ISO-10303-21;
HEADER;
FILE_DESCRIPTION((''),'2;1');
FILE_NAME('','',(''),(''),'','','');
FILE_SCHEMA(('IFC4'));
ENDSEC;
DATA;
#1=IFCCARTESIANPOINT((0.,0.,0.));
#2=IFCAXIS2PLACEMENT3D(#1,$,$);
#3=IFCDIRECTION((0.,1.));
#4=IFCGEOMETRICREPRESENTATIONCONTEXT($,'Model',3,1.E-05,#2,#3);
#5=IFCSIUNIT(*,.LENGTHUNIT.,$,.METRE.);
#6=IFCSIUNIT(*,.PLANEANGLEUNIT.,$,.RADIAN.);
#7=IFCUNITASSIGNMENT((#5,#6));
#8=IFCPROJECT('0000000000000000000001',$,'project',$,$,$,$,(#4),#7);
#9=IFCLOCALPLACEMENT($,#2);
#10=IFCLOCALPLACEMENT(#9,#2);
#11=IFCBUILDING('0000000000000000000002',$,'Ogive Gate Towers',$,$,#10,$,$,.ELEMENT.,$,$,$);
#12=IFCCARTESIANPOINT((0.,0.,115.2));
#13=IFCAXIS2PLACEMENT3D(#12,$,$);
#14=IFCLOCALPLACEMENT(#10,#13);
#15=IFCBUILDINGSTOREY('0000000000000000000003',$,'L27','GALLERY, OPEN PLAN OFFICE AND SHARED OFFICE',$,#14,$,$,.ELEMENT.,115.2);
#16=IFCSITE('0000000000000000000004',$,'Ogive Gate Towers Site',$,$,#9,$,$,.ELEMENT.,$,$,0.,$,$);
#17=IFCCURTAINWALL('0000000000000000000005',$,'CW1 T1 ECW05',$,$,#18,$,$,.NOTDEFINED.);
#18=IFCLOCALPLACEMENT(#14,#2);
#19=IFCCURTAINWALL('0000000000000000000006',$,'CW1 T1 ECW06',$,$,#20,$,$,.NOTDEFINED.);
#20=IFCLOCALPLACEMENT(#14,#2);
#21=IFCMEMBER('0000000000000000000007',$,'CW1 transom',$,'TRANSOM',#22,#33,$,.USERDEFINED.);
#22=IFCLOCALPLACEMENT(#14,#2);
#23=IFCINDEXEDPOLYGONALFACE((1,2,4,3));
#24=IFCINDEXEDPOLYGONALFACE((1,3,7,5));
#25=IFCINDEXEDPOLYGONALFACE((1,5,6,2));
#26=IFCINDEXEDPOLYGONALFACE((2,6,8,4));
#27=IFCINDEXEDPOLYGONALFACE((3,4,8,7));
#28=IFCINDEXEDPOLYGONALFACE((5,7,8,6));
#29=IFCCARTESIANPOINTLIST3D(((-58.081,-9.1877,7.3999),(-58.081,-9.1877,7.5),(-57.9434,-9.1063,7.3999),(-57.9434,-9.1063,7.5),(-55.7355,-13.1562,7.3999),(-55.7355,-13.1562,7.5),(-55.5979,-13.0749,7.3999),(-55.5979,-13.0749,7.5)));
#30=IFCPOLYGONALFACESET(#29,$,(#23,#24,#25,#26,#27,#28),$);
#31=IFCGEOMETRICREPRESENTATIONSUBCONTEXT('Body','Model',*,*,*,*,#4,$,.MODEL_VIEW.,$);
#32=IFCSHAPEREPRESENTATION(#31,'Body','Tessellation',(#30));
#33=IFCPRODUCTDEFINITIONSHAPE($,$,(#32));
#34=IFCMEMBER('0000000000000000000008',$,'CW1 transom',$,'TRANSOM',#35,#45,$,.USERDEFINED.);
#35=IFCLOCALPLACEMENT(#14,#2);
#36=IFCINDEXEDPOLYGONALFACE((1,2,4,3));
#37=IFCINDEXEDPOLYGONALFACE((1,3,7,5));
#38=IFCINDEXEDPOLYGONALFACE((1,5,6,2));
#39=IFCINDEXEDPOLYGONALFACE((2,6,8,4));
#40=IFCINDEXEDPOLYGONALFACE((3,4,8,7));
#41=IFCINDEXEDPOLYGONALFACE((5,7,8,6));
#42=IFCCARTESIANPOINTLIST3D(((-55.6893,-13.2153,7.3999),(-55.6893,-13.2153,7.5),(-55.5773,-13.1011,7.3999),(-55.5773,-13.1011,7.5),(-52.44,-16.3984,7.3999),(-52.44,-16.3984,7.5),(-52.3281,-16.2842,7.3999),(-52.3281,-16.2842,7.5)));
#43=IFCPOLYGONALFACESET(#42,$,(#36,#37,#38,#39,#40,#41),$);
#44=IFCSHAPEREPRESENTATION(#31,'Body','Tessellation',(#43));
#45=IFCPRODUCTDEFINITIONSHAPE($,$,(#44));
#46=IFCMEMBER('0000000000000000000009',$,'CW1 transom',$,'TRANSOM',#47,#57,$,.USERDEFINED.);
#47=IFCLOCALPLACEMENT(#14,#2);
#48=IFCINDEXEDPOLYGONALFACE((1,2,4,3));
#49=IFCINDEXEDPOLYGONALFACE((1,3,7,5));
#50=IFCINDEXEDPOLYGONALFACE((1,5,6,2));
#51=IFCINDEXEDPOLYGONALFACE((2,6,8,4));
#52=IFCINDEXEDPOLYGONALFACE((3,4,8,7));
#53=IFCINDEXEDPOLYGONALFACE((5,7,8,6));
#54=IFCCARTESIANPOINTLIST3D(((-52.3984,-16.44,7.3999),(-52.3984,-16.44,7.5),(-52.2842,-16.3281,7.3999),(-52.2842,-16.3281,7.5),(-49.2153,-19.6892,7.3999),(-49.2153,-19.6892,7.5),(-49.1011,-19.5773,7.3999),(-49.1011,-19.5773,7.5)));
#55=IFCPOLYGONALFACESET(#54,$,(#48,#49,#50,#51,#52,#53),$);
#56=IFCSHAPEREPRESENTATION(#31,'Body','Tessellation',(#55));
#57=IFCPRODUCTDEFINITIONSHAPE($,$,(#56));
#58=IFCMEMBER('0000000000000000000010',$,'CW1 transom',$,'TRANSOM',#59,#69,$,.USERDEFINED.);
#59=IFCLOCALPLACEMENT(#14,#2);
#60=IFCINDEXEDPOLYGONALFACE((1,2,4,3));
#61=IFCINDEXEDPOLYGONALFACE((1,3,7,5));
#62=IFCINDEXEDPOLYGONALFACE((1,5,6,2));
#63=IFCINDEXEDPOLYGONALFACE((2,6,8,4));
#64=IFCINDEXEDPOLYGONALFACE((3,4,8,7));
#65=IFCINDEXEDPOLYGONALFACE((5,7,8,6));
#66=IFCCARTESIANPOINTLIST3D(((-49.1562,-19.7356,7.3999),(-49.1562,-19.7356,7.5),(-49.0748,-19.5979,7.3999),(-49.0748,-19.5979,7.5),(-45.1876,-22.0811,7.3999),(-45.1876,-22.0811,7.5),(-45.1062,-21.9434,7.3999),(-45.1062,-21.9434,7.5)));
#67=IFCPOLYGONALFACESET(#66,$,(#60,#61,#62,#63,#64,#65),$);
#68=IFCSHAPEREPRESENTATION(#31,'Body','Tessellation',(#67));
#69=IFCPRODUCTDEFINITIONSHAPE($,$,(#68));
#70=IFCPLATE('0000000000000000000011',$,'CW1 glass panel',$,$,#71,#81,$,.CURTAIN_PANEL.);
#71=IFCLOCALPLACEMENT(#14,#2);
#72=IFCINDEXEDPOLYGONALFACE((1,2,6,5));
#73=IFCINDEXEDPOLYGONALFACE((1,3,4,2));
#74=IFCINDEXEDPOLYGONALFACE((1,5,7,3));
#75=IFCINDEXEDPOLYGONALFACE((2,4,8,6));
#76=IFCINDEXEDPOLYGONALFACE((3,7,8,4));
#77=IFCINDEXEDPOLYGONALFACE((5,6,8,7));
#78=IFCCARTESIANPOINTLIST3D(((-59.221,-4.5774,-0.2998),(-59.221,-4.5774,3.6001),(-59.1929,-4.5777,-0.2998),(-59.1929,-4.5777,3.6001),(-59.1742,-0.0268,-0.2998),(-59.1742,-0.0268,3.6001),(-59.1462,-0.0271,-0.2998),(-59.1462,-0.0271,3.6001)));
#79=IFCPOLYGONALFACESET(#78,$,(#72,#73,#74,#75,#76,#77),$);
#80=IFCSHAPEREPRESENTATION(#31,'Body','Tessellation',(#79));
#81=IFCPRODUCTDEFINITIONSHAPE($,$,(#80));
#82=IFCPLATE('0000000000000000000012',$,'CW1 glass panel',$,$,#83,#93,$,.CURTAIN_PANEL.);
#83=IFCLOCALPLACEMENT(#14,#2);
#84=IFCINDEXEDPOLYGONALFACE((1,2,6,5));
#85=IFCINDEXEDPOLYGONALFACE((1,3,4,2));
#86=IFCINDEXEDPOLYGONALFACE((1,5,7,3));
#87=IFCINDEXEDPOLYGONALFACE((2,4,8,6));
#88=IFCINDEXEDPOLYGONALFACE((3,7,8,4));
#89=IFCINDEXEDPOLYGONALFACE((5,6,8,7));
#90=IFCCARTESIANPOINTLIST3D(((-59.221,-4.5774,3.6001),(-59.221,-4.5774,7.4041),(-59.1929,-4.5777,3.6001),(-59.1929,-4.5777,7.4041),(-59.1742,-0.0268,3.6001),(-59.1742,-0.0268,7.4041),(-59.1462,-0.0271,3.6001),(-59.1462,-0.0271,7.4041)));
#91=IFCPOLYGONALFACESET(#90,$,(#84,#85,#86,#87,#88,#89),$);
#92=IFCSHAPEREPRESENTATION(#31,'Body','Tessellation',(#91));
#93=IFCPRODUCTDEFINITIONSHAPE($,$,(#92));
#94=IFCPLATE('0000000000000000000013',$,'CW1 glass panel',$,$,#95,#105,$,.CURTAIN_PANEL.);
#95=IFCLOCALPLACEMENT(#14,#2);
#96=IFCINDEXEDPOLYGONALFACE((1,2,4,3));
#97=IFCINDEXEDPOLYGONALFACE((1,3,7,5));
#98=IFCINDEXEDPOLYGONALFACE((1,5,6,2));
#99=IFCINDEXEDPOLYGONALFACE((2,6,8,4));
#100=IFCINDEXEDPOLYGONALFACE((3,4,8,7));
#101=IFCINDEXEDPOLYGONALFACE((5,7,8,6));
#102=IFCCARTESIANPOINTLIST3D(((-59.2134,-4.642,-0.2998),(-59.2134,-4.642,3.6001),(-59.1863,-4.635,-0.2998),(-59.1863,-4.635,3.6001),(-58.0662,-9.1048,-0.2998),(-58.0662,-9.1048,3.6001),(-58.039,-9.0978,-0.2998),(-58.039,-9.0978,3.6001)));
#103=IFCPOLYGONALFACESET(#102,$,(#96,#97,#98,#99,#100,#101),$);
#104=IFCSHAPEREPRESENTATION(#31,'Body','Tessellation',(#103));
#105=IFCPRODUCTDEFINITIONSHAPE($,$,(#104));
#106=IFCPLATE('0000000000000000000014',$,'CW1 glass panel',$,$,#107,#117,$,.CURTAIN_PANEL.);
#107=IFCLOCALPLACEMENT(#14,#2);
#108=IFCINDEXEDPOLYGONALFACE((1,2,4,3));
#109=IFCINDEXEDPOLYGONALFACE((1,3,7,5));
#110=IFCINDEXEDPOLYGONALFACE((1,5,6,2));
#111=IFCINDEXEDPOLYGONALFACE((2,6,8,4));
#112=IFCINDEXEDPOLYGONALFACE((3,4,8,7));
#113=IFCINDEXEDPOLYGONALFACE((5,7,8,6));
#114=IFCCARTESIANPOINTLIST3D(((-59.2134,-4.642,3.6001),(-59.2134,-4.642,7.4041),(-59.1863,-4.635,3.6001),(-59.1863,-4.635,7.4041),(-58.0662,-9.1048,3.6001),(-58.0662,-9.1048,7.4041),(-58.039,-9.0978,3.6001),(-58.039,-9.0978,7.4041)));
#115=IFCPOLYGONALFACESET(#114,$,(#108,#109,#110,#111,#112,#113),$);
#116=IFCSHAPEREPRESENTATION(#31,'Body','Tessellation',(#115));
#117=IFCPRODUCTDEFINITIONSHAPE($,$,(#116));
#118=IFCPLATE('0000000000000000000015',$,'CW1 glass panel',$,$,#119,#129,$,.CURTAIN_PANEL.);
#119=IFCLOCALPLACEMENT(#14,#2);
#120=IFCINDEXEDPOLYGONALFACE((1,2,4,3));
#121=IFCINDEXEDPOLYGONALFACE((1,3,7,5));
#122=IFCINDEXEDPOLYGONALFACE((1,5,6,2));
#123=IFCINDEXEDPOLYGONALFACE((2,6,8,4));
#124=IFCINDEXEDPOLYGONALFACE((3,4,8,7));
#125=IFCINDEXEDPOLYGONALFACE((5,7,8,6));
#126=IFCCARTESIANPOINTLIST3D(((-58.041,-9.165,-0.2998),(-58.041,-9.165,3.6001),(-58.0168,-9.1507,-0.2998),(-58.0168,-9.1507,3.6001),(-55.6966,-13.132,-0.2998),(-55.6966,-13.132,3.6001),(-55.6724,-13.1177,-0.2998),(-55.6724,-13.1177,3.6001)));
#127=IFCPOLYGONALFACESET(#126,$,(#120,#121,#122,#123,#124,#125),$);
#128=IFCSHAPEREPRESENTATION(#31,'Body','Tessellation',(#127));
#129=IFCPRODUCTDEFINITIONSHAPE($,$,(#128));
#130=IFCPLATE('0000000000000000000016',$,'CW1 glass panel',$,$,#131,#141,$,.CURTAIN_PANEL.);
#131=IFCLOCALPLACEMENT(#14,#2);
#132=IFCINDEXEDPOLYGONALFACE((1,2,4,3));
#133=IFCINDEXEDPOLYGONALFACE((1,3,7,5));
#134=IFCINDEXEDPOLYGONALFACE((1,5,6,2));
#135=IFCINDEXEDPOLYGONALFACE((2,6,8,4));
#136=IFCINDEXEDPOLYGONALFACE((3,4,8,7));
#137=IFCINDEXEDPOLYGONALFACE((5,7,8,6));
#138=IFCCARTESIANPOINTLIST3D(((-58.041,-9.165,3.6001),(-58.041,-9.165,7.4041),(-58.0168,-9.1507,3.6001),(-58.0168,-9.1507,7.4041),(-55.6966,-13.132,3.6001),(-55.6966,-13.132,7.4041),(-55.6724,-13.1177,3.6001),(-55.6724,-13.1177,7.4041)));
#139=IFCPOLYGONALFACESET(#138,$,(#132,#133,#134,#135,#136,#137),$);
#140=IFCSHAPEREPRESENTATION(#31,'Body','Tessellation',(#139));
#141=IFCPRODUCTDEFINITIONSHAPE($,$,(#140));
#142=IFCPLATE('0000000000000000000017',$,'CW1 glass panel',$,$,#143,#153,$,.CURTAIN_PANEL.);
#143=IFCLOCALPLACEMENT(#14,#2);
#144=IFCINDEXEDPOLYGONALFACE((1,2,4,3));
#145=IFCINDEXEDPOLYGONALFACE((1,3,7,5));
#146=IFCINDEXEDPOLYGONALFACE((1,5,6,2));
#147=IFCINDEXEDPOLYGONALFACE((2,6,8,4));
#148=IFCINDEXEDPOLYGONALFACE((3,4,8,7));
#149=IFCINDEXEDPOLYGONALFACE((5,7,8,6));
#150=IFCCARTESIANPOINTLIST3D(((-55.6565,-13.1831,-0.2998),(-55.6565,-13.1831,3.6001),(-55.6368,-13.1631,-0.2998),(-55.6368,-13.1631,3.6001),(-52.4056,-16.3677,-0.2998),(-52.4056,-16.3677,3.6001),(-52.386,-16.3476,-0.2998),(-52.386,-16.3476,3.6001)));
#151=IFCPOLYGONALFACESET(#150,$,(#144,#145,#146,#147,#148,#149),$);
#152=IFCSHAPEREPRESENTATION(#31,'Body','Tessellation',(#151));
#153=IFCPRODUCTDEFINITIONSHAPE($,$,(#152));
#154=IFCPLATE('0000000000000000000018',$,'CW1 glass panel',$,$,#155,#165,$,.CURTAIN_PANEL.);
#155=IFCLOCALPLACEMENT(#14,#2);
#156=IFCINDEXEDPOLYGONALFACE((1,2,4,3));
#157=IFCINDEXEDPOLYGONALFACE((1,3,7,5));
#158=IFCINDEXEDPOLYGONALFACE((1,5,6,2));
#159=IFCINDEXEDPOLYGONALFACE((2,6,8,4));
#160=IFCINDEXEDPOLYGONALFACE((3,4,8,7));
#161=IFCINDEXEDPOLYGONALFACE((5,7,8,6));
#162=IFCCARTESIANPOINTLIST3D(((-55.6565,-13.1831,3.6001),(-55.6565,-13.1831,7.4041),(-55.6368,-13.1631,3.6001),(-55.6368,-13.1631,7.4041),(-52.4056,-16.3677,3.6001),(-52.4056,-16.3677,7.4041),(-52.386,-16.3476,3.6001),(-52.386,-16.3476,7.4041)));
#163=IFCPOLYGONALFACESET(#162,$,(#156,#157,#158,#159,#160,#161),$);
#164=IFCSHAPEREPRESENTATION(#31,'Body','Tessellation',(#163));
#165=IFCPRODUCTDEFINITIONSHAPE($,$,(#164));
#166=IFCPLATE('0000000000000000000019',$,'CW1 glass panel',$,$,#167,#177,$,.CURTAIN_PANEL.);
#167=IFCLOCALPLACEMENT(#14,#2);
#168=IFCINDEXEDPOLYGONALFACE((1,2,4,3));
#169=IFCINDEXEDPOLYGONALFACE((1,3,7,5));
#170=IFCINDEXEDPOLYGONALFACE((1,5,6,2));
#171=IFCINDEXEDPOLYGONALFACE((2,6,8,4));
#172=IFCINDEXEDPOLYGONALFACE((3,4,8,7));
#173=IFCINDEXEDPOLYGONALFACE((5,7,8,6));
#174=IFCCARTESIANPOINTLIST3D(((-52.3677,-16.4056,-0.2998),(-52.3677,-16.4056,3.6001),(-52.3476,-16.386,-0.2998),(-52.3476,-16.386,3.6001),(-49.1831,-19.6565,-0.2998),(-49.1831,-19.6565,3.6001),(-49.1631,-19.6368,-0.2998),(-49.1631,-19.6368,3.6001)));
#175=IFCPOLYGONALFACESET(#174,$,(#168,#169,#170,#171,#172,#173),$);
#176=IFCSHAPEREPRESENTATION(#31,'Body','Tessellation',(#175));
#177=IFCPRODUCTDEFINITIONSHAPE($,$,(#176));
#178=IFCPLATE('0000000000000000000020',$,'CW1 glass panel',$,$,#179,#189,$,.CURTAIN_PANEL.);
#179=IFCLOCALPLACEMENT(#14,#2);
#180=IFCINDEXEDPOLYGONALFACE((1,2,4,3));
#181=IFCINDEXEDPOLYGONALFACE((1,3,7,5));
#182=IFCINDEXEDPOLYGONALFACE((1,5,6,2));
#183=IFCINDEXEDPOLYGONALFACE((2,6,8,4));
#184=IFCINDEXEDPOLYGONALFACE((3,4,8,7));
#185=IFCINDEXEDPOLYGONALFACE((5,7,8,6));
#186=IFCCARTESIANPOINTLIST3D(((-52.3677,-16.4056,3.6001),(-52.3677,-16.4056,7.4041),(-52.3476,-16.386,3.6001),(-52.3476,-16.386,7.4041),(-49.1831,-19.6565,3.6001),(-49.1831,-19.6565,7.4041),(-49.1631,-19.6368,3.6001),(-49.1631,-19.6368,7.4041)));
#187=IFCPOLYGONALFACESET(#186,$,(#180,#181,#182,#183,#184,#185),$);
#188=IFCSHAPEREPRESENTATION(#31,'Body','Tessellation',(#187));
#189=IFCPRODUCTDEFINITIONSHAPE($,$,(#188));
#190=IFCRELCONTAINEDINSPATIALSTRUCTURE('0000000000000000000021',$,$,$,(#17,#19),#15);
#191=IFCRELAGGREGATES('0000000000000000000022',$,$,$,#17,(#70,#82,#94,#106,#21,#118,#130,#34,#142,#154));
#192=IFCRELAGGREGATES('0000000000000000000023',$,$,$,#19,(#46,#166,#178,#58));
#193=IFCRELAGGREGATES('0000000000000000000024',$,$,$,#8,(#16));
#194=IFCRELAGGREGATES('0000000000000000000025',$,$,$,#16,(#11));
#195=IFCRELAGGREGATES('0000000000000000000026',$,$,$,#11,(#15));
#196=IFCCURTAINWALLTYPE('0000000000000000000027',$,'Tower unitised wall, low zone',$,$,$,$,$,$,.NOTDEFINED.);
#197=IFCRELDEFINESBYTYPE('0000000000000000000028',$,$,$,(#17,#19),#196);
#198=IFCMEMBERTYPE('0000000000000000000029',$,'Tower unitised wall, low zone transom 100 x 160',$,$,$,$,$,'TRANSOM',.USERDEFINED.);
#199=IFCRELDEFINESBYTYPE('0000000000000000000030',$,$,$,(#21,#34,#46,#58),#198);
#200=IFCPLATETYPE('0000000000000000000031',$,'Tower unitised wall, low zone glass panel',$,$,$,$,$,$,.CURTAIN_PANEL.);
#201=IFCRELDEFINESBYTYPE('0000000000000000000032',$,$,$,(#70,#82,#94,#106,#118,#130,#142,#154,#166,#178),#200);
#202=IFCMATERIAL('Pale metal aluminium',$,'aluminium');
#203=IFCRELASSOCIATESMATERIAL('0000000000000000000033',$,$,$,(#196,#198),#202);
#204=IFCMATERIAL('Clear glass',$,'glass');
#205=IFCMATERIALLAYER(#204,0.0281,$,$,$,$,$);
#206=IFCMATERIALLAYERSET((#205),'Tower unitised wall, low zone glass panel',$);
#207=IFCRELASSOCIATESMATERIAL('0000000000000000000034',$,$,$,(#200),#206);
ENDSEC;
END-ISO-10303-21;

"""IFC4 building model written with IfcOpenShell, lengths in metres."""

from ifc_helpers import new_model, si_unit, direction, frame, origin, origin_2d, place, context, subcontext, project, spatial, rectangle, extrude, material, layer, layer_set, material_profile, profile_set, type_object, element, aggregate, save


model = new_model("IFC4")

# Units and contexts
model_context = context("Model", 3, precision=1e-05, world=origin(), true_north=direction((0.0, 1.0)))
body_context = subcontext(model_context, "Body", "Model", "MODEL_VIEW")
ifc_project = project(units=[si_unit("LENGTHUNIT", "METRE"), si_unit("PLANEANGLEUNIT", "RADIAN")], contexts=[model_context])

# Site, building, storey
site_placement = place(None, origin())
site = spatial("IfcSite", under=ifc_project, at=site_placement, Name="Ogive Gate Towers Site", CompositionType="ELEMENT", RefElevation=0.0)
building_placement = place(site_placement, origin())
building = spatial("IfcBuilding", under=site, at=building_placement, Name="Ogive Gate Towers", CompositionType="ELEMENT")
storey_placement = place(building_placement, frame((0.0, 0.0, 115.2)))
storey = spatial("IfcBuildingStorey", under=building, at=storey_placement, Name="L27", Description="GALLERY, OPEN PLAN OFFICE AND SHARED OFFICE", CompositionType="ELEMENT", Elevation=115.2)

# Curtain wall
ifc_material_1 = material(Name="Pale metal aluminium", Category="aluminium")
curtain_wall_type = type_object("IfcCurtainWallType", Name="Tower unitised wall, low zone", PredefinedType="NOTDEFINED", material=ifc_material_1)
curtain_wall_1_placement = place(storey_placement, origin())
curtain_wall_1 = element("IfcCurtainWall", 1, at=curtain_wall_1_placement, inside=storey, type_object=curtain_wall_type, Name="CW1 T1 ECW05", PredefinedType="NOTDEFINED")

# Curtain wall
curtain_wall_2_placement = place(storey_placement, origin())
curtain_wall_2 = element("IfcCurtainWall", 2, at=curtain_wall_2_placement, inside=storey, type_object=curtain_wall_type, Name="CW1 T1 ECW06", PredefinedType="NOTDEFINED")

# Members
ifc_material_profile_1 = material_profile(ifc_material_1, rectangle(XDim=0.1599, YDim=0.1001, at=origin_2d()), Name="100 x 160 aluminium box")
ifc_profile_set_1 = profile_set([ifc_material_profile_1], Name="Pale metal aluminium")
member_type_1 = type_object("IfcMemberType", Name="Tower unitised wall, low zone transom 100 x 160", ElementType="TRANSOM", PredefinedType="USERDEFINED", material=ifc_profile_set_1)
member_1_placement = place(storey_placement, frame((-58.0122, -9.147, 7.45), z_axis=(0.508799, -0.860885, 0.0), x_axis=(0.860885, 0.508799, 0.0)))
member_1 = element("IfcMember", 3, at=member_1_placement, type_object=member_type_1, Name="CW1 transom", ObjectType="TRANSOM", PredefinedType="USERDEFINED", context=body_context, shape_type="SweptSolid", body=[
    extrude(rectangle(XDim=0.1599, YDim=0.1001, at=origin_2d()), origin(), (0.0, 0.0, 1.0), 4.6099),
])
member_2_placement = place(storey_placement, frame((-55.6333, -13.1582, 7.45), z_axis=(0.714342, -0.699797, 0.0), x_axis=(0.699797, 0.714342, 0.0)))
member_2 = element("IfcMember", 4, at=member_2_placement, type_object=member_type_1, Name="CW1 transom", ObjectType="TRANSOM", PredefinedType="USERDEFINED", context=body_context, shape_type="SweptSolid", body=[
    extrude(rectangle(XDim=0.1599, YDim=0.1001, at=origin_2d()), origin(), (0.0, 0.0, 1.0), 4.5486),
])
member_3_placement = place(storey_placement, frame((-52.3413, -16.384, 7.45), z_axis=(0.699797, -0.714342, 0.0), x_axis=(0.714342, 0.699797, 0.0)))
member_3 = element("IfcMember", 5, at=member_3_placement, type_object=member_type_1, Name="CW1 transom", ObjectType="TRANSOM", PredefinedType="USERDEFINED", context=body_context, shape_type="SweptSolid", body=[
    extrude(rectangle(XDim=0.1599, YDim=0.1001, at=origin_2d()), origin(), (0.0, 0.0, 1.0), 4.5486),
])
member_4_placement = place(storey_placement, frame((-49.1155, -19.6667, 7.45), z_axis=(0.860885, -0.508799, 0.0), x_axis=(0.508799, 0.860885, 0.0)))
member_4 = element("IfcMember", 6, at=member_4_placement, type_object=member_type_1, Name="CW1 transom", ObjectType="TRANSOM", PredefinedType="USERDEFINED", context=body_context, shape_type="SweptSolid", body=[
    extrude(rectangle(XDim=0.1599, YDim=0.1001, at=origin_2d()), origin(), (0.0, 0.0, 1.0), 4.6099),
])

# Plates
ifc_material_2 = material(Name="Clear glass", Category="glass")
ifc_layer_1 = layer(ifc_material_2, 0.0281)
ifc_layer_set_1 = layer_set([ifc_layer_1], Name="Tower unitised wall, low zone glass panel")
plate_type = type_object("IfcPlateType", Name="Tower unitised wall, low zone glass panel", PredefinedType="CURTAIN_PANEL", material=ifc_layer_set_1)
plate_1_placement = place(storey_placement, frame((-59.1836, -2.3022, -0.2998), z_axis=(0.0, 0.0, 1.0), x_axis=(-0.01028, -0.999947, 0.0)))
plate_1 = element("IfcPlate", 7, at=plate_1_placement, type_object=plate_type, Name="CW1 glass panel", PredefinedType="CURTAIN_PANEL", context=body_context, shape_type="SweptSolid", body=[
    extrude(rectangle(XDim=4.5508, YDim=0.0281, at=origin_2d()), origin(), (0.0, 0.0, 1.0), 3.8999),
])
plate_2_placement = place(storey_placement, frame((-59.1836, -2.3022, 3.6001), z_axis=(0.0, 0.0, 1.0), x_axis=(-0.01028, -0.999947, 0.0)))
plate_2 = element("IfcPlate", 8, at=plate_2_placement, type_object=plate_type, Name="CW1 glass panel", PredefinedType="CURTAIN_PANEL", context=body_context, shape_type="SweptSolid", body=[
    extrude(rectangle(XDim=4.5508, YDim=0.0281, at=origin_2d()), origin(), (0.0, 0.0, 1.0), 3.804),
])
plate_3_placement = place(storey_placement, frame((-58.6262, -6.8699, -0.2998), z_axis=(0.0, 0.0, 1.0), x_axis=(0.248977, -0.968509, 0.0)))
plate_3 = element("IfcPlate", 9, at=plate_3_placement, type_object=plate_type, Name="CW1 glass panel", PredefinedType="CURTAIN_PANEL", context=body_context, shape_type="SweptSolid", body=[
    extrude(rectangle(XDim=4.6079, YDim=0.0281, at=origin_2d()), origin(), (0.0, 0.0, 1.0), 3.8999),
])
plate_4_placement = place(storey_placement, frame((-58.6262, -6.8699, 3.6001), z_axis=(0.0, 0.0, 1.0), x_axis=(0.248977, -0.968509, 0.0)))
plate_4 = element("IfcPlate", 10, at=plate_4_placement, type_object=plate_type, Name="CW1 glass panel", PredefinedType="CURTAIN_PANEL", context=body_context, shape_type="SweptSolid", body=[
    extrude(rectangle(XDim=4.6079, YDim=0.0281, at=origin_2d()), origin(), (0.0, 0.0, 1.0), 3.804),
])
plate_5_placement = place(storey_placement, frame((-56.8567, -11.1414, -0.2998), z_axis=(0.0, 0.0, 1.0), x_axis=(0.508771, -0.860902, 0.0)))
plate_5 = element("IfcPlate", 11, at=plate_5_placement, type_object=plate_type, Name="CW1 glass panel", PredefinedType="CURTAIN_PANEL", context=body_context, shape_type="SweptSolid", body=[
    extrude(rectangle(XDim=4.6079, YDim=0.0281, at=origin_2d()), origin(), (0.0, 0.0, 1.0), 3.8999),
])
plate_6_placement = place(storey_placement, frame((-56.8567, -11.1414, 3.6001), z_axis=(0.0, 0.0, 1.0), x_axis=(0.508771, -0.860902, 0.0)))
plate_6 = element("IfcPlate", 12, at=plate_6_placement, type_object=plate_type, Name="CW1 glass panel", PredefinedType="CURTAIN_PANEL", context=body_context, shape_type="SweptSolid", body=[
    extrude(rectangle(XDim=4.6079, YDim=0.0281, at=origin_2d()), origin(), (0.0, 0.0, 1.0), 3.804),
])
plate_7_placement = place(storey_placement, frame((-54.0212, -14.7654, -0.2998), z_axis=(0.0, 0.0, 1.0), x_axis=(0.714351, -0.699788, 0.0)))
plate_7 = element("IfcPlate", 13, at=plate_7_placement, type_object=plate_type, Name="CW1 glass panel", PredefinedType="CURTAIN_PANEL", context=body_context, shape_type="SweptSolid", body=[
    extrude(rectangle(XDim=4.5508, YDim=0.0281, at=origin_2d()), origin(), (0.0, 0.0, 1.0), 3.8999),
])
plate_8_placement = place(storey_placement, frame((-54.0212, -14.7654, 3.6001), z_axis=(0.0, 0.0, 1.0), x_axis=(0.714351, -0.699788, 0.0)))
plate_8 = element("IfcPlate", 14, at=plate_8_placement, type_object=plate_type, Name="CW1 glass panel", PredefinedType="CURTAIN_PANEL", context=body_context, shape_type="SweptSolid", body=[
    extrude(rectangle(XDim=4.5508, YDim=0.0281, at=origin_2d()), origin(), (0.0, 0.0, 1.0), 3.804),
])
aggregate(curtain_wall_1, [plate_1, plate_2, plate_3, plate_4, member_1, plate_5, plate_6, member_2, plate_7, plate_8])
plate_9_placement = place(storey_placement, frame((-50.7654, -18.0212, -0.2998), z_axis=(0.0, 0.0, 1.0), x_axis=(0.699788, -0.714351, 0.0)))
plate_9 = element("IfcPlate", 15, at=plate_9_placement, type_object=plate_type, Name="CW1 glass panel", PredefinedType="CURTAIN_PANEL", context=body_context, shape_type="SweptSolid", body=[
    extrude(rectangle(XDim=4.5508, YDim=0.0281, at=origin_2d()), origin(), (0.0, 0.0, 1.0), 3.8999),
])
plate_10_placement = place(storey_placement, frame((-50.7654, -18.0212, 3.6001), z_axis=(0.0, 0.0, 1.0), x_axis=(0.699788, -0.714351, 0.0)))
plate_10 = element("IfcPlate", 16, at=plate_10_placement, type_object=plate_type, Name="CW1 glass panel", PredefinedType="CURTAIN_PANEL", context=body_context, shape_type="SweptSolid", body=[
    extrude(rectangle(XDim=4.5508, YDim=0.0281, at=origin_2d()), origin(), (0.0, 0.0, 1.0), 3.804),
])
aggregate(curtain_wall_2, [member_3, plate_9, plate_10, member_4])

save(model, "model.ifc")
